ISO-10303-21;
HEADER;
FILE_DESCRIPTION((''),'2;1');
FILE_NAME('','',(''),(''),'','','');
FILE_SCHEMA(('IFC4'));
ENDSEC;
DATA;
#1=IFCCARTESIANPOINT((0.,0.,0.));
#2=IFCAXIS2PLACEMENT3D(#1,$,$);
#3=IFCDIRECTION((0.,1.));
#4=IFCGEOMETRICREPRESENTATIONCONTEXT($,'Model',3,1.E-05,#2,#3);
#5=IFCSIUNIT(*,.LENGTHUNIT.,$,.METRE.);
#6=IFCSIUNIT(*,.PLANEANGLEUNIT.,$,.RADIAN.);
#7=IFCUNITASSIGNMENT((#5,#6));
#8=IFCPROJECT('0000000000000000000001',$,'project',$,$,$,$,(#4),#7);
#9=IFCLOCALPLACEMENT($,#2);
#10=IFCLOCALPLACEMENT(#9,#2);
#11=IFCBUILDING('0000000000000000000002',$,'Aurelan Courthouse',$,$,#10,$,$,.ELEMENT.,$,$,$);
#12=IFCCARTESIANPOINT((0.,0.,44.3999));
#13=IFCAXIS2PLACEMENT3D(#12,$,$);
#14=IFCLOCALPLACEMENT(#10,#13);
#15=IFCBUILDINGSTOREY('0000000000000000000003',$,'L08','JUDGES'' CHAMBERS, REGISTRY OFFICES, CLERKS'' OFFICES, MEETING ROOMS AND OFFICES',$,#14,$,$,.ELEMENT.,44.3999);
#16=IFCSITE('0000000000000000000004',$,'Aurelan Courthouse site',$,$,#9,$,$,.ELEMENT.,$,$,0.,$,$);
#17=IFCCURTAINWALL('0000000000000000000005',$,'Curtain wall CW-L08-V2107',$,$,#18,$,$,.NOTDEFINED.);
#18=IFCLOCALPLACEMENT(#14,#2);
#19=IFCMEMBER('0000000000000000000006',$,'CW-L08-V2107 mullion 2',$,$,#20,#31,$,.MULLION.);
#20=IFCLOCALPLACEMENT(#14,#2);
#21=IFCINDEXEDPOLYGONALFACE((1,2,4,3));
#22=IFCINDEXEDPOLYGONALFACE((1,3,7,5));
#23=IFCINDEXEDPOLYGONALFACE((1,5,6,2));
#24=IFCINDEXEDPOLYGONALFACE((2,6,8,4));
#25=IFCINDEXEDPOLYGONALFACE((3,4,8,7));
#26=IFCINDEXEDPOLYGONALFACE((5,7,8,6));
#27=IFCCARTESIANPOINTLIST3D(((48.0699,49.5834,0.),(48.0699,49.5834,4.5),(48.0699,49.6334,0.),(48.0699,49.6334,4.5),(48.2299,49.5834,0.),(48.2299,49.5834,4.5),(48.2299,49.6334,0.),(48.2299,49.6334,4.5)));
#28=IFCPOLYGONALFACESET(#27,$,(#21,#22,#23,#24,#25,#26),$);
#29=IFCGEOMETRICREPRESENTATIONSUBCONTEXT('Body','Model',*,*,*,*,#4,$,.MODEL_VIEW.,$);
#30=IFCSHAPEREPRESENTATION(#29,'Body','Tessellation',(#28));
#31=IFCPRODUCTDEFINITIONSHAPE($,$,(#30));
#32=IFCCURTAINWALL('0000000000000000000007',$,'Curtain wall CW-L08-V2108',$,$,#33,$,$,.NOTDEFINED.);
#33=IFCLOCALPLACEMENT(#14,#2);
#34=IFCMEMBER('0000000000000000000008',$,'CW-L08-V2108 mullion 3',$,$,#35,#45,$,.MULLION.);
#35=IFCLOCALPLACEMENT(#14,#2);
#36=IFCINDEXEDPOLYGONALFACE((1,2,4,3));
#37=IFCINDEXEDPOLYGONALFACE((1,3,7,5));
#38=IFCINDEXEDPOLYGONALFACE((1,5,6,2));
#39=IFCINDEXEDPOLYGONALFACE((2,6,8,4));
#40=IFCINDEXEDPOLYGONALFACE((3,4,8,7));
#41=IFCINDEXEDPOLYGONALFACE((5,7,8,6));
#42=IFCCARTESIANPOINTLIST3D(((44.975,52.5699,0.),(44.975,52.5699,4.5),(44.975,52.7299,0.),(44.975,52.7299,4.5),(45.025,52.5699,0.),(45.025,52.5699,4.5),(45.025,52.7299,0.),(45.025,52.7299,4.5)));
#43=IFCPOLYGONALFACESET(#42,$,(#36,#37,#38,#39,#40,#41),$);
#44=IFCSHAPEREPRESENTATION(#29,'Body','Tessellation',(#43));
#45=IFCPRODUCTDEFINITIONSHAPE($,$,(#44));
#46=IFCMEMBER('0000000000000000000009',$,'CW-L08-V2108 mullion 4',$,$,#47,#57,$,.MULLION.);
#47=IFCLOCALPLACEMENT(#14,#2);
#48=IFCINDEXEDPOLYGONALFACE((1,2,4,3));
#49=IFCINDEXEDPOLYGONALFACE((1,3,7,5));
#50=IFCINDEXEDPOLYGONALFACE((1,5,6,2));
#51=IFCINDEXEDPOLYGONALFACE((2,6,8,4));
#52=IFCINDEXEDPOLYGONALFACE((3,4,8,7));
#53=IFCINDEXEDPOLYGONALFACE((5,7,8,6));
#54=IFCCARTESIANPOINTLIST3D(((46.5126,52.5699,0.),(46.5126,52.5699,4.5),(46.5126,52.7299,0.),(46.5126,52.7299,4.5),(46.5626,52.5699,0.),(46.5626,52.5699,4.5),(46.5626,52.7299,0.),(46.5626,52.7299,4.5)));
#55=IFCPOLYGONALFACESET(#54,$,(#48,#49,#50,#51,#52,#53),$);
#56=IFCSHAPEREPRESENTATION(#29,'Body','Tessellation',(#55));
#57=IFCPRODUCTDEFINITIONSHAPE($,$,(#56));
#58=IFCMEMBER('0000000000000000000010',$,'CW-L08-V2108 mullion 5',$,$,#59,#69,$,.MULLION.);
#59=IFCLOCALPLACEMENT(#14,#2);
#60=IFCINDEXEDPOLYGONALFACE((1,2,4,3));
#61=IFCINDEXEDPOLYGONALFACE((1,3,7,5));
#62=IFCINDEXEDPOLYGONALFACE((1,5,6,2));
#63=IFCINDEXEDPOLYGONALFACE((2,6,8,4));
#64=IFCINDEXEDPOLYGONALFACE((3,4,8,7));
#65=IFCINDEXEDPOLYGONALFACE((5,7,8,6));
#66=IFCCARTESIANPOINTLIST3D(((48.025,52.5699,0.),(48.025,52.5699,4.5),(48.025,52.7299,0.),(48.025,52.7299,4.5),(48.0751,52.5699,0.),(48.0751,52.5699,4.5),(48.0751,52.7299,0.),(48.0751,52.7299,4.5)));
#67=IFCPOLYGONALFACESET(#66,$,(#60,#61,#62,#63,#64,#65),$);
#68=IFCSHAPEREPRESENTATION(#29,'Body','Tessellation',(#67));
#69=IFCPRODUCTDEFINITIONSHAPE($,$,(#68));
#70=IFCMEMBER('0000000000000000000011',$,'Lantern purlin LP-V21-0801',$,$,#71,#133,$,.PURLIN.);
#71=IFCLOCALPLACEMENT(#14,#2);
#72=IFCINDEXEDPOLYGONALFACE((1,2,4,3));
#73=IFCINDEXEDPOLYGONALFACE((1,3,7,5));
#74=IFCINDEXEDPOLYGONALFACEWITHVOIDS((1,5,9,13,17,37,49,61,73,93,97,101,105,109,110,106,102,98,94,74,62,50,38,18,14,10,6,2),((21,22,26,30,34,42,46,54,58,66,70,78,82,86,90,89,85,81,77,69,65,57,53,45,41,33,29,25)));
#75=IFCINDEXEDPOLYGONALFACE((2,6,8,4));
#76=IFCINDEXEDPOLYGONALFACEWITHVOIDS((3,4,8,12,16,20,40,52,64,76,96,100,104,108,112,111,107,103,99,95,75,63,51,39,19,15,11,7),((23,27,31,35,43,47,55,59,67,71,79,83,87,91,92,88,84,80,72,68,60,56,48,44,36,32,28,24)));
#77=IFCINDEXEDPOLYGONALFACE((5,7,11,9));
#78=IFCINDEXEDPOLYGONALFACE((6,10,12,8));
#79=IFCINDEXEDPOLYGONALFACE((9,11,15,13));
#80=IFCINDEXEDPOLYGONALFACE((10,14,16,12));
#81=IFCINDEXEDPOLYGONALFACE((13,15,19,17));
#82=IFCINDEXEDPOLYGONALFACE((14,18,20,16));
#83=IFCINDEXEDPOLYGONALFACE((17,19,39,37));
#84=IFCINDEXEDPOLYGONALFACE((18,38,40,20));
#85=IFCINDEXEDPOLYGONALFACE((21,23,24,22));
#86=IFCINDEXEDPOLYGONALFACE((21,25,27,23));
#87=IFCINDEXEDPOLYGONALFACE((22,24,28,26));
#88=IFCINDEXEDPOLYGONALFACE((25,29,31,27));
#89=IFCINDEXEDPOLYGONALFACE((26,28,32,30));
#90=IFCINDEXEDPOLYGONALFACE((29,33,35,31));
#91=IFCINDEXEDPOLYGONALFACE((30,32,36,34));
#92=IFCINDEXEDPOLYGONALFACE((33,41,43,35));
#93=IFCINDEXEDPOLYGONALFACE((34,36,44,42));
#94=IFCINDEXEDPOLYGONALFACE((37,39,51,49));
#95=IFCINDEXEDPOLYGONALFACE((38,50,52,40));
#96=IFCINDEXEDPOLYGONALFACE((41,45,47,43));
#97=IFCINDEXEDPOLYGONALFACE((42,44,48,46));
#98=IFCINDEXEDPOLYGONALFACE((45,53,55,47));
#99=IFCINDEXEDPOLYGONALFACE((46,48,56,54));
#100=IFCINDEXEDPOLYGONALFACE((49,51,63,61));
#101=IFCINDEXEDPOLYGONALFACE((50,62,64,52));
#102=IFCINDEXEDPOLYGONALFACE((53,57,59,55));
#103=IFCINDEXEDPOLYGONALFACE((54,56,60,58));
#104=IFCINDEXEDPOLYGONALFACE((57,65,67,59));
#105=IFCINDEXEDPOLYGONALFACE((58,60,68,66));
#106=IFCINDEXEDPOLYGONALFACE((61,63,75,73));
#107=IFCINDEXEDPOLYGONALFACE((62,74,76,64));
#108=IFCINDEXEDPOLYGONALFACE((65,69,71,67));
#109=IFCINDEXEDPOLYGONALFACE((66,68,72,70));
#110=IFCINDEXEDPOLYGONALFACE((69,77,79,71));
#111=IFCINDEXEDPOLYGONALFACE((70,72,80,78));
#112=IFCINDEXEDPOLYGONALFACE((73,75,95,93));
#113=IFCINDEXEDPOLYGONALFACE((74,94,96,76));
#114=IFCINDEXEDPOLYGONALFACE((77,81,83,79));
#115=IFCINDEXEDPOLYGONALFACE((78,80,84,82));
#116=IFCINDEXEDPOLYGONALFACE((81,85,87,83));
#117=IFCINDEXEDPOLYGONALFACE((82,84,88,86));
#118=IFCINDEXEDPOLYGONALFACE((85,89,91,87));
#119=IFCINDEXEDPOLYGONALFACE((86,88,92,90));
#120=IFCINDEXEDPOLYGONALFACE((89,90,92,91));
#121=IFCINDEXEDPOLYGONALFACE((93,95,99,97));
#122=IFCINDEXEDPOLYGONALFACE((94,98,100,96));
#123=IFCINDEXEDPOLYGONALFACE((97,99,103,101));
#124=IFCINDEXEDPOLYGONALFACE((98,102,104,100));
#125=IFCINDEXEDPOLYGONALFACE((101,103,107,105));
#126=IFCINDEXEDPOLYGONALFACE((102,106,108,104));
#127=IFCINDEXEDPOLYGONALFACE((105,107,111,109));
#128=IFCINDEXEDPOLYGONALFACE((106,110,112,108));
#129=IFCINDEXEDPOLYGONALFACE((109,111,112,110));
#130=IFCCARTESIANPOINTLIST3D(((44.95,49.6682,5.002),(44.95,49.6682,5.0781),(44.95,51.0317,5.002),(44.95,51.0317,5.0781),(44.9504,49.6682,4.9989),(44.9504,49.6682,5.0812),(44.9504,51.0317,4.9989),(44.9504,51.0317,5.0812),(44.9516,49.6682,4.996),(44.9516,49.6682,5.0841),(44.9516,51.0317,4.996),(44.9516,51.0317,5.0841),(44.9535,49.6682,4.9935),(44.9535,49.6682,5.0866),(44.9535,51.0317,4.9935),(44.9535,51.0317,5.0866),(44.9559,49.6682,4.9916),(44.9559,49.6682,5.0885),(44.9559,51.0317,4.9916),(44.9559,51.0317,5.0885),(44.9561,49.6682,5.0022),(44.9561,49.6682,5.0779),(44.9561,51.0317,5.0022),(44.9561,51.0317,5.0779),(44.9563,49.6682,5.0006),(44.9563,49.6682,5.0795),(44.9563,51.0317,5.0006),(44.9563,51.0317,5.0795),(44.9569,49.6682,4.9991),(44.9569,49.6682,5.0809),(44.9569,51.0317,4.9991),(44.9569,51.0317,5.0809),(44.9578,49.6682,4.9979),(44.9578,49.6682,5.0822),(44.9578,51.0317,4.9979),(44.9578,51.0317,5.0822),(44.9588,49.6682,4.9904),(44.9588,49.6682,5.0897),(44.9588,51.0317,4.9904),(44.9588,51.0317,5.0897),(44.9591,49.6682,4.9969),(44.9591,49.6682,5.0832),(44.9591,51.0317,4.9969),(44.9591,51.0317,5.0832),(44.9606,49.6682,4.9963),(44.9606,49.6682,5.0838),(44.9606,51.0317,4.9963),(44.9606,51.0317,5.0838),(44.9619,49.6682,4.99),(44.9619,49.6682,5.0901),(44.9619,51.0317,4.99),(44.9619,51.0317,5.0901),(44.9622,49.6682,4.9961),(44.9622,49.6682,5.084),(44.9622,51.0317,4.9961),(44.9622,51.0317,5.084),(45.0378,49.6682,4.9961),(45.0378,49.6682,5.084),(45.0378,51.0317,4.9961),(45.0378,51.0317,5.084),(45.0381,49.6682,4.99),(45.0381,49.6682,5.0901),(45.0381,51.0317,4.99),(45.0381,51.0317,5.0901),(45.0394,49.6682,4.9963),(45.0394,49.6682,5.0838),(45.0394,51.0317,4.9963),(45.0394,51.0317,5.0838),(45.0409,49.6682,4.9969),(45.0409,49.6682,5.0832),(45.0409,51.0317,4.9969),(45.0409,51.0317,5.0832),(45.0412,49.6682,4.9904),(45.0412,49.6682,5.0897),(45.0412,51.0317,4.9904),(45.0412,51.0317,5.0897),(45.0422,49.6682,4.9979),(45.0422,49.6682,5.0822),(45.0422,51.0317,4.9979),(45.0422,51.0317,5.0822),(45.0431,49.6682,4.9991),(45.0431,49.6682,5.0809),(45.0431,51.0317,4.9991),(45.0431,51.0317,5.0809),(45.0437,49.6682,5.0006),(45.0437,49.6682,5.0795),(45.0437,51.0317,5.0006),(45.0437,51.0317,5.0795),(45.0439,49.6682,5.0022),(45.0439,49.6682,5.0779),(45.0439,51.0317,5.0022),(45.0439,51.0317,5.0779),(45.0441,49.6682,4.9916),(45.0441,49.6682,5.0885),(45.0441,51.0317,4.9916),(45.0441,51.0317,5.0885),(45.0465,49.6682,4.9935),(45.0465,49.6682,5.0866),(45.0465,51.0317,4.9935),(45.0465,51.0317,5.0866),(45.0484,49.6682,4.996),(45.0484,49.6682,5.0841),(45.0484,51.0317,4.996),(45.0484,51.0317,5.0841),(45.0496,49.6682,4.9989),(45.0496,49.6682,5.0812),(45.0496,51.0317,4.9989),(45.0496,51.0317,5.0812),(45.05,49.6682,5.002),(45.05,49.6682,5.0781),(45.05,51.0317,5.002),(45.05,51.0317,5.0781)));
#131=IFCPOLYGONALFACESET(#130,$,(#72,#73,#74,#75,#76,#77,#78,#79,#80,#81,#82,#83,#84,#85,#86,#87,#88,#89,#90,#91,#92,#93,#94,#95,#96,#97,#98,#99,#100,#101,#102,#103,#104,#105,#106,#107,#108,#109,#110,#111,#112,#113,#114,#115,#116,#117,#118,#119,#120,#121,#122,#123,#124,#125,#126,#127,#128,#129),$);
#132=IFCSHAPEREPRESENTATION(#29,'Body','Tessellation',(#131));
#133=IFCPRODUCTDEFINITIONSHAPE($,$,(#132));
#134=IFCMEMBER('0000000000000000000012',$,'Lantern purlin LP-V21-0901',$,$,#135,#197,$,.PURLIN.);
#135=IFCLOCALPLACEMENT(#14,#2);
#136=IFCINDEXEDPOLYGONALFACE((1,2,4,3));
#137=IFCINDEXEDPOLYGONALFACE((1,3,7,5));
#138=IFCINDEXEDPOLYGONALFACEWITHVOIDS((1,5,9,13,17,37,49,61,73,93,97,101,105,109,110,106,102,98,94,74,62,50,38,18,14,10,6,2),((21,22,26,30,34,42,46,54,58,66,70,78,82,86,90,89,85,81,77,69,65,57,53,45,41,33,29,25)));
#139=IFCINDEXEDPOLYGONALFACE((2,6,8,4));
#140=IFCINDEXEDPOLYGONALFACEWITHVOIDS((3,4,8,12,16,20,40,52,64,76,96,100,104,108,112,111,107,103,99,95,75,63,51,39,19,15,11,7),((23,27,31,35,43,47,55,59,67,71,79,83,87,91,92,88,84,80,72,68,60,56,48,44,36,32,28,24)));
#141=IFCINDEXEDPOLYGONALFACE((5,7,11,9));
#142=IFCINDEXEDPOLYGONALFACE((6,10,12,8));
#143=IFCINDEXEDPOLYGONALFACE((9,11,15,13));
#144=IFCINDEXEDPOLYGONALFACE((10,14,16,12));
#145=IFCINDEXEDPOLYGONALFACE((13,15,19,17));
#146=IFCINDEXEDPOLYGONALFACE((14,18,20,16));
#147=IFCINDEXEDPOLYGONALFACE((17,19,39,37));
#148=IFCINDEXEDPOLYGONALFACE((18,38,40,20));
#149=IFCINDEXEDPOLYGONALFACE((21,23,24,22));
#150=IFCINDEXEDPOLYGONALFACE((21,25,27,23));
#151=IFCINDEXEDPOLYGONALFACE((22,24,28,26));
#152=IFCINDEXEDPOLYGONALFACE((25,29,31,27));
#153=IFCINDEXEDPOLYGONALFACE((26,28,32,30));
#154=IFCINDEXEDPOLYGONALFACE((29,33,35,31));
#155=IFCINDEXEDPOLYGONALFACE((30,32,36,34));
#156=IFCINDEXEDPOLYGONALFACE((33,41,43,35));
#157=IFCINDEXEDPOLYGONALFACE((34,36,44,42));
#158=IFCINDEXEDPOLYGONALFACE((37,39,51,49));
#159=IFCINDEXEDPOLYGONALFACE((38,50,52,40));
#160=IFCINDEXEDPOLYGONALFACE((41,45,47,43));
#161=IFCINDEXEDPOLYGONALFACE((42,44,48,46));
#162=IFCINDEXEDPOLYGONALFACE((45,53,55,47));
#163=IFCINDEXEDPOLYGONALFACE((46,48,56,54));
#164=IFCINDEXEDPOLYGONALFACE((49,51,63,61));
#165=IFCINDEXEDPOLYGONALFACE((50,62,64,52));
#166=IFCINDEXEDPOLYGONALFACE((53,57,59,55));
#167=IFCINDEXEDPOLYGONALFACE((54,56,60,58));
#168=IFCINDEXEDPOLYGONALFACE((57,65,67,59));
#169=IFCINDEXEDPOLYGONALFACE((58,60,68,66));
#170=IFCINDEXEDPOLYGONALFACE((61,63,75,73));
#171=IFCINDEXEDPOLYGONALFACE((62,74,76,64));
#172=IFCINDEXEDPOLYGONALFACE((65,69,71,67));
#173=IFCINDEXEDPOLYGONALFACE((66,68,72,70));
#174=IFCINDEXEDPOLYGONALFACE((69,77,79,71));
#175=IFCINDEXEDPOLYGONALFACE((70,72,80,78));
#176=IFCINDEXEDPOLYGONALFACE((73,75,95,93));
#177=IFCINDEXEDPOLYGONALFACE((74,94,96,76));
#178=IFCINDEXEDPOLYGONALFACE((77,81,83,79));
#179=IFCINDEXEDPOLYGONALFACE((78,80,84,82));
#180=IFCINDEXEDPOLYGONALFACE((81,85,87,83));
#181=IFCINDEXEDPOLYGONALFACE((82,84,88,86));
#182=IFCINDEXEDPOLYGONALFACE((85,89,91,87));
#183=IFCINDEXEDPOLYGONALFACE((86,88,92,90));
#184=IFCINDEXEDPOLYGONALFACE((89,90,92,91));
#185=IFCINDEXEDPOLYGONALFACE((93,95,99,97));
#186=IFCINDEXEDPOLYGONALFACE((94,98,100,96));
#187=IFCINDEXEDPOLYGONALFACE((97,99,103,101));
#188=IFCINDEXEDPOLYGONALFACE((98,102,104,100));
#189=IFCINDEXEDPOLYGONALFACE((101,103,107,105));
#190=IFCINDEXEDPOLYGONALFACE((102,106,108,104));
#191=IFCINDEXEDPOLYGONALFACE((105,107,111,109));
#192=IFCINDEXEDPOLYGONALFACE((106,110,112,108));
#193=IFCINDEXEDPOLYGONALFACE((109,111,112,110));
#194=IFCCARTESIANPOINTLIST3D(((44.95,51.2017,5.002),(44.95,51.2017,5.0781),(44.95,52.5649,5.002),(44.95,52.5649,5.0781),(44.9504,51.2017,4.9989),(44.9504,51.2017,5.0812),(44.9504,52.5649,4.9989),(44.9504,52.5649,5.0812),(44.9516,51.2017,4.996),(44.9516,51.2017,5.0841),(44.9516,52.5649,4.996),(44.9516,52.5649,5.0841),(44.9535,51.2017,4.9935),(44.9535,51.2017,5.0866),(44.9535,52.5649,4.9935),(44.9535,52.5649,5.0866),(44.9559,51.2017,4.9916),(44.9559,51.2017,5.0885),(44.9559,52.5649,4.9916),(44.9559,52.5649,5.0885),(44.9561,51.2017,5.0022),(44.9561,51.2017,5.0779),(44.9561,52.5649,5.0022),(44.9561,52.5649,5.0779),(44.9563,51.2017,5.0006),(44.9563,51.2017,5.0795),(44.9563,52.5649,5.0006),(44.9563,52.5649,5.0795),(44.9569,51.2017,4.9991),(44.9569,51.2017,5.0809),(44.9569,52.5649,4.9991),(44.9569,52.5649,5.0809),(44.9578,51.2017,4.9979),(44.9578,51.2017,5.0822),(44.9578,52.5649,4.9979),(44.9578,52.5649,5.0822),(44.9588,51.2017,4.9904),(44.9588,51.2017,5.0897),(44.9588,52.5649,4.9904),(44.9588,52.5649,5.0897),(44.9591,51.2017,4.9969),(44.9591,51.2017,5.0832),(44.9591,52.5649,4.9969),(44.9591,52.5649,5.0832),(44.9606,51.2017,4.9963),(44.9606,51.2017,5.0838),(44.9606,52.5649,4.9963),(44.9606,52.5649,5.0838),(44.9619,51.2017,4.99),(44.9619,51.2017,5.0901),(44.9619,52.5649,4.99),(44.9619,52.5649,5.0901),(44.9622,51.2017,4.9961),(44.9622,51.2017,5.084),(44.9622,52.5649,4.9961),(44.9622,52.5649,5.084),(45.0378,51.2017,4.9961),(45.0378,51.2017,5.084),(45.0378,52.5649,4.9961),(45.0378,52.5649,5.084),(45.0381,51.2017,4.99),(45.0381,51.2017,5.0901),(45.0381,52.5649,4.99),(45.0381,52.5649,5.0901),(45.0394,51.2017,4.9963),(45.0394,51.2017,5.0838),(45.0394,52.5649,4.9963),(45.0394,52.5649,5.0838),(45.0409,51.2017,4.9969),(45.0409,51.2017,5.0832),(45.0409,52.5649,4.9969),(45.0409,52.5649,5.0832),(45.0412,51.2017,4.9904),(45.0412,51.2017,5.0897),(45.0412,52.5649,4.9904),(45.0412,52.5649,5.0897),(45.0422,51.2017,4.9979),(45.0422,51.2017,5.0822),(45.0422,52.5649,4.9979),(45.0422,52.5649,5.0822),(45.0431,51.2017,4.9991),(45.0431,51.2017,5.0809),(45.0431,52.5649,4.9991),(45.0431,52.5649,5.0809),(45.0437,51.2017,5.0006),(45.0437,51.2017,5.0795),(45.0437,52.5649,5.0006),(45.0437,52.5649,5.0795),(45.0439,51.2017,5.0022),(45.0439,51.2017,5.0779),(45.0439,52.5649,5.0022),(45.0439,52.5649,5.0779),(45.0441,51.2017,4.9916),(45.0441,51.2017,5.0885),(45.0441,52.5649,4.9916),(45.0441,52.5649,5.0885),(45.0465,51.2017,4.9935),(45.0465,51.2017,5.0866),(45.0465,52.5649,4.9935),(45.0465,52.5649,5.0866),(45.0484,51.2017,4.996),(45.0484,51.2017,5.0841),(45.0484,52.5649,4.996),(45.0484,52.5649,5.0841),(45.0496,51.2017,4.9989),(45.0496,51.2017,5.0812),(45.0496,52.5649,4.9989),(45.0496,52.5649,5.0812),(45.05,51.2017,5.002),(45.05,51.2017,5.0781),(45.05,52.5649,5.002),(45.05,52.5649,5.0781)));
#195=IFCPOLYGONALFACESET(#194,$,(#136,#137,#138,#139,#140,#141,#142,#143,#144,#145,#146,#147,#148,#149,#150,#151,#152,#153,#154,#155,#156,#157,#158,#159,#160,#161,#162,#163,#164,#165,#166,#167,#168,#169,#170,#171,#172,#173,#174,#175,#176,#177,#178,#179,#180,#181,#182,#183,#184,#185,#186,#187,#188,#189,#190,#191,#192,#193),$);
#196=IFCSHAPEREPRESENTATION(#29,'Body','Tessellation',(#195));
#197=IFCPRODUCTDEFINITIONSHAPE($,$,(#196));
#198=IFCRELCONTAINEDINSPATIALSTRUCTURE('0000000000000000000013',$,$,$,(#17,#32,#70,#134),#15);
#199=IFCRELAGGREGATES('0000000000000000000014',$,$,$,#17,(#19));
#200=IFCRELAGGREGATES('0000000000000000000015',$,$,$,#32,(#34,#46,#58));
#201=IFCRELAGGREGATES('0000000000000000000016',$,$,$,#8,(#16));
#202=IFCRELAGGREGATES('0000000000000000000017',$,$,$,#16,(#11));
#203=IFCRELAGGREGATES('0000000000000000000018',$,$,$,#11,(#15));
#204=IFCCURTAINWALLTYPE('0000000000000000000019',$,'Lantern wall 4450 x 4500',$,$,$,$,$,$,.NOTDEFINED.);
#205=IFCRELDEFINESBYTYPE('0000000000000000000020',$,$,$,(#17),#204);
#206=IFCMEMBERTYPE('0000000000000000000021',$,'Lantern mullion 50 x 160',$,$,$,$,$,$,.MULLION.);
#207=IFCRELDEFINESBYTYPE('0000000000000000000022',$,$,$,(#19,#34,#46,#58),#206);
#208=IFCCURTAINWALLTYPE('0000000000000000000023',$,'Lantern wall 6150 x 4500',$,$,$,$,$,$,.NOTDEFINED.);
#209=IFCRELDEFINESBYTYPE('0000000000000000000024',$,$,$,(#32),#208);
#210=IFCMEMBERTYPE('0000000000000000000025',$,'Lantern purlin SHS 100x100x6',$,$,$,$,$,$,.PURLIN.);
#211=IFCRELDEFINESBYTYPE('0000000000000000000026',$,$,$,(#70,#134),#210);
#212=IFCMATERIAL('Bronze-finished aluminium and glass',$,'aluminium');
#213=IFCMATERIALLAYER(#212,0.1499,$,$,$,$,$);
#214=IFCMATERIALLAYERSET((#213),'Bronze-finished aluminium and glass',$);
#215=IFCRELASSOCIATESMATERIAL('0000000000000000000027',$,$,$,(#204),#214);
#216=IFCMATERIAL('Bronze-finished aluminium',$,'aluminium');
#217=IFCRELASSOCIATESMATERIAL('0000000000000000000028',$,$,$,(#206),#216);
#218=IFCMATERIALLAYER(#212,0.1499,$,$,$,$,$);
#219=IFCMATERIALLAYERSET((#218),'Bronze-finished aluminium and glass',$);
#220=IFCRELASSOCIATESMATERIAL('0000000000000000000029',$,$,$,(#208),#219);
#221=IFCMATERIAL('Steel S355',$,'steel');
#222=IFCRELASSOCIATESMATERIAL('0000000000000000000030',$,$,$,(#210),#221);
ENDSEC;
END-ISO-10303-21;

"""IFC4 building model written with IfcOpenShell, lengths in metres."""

from ifc_helpers import new_model, si_unit, direction, frame, origin, origin_2d, place, context, subcontext, project, spatial, rectangle, hollow_rectangle, extrude, material, layer, layer_set, material_profile, profile_set, type_object, element, aggregate, save


model = new_model("IFC4")

# Units and contexts
model_context = context("Model", 3, precision=1e-05, world=origin(), true_north=direction((0.0, 1.0)))
body_context = subcontext(model_context, "Body", "Model", "MODEL_VIEW")
ifc_project = project(units=[si_unit("LENGTHUNIT", "METRE"), si_unit("PLANEANGLEUNIT", "RADIAN")], contexts=[model_context])

# Site, building, storey
site_placement = place(None, origin())
site = spatial("IfcSite", under=ifc_project, at=site_placement, Name="Aurelan Courthouse site", CompositionType="ELEMENT", RefElevation=0.0)
building_placement = place(site_placement, origin())
building = spatial("IfcBuilding", under=site, at=building_placement, Name="Aurelan Courthouse", CompositionType="ELEMENT")
storey_placement = place(building_placement, frame((0.0, 0.0, 44.3999)))
storey = spatial("IfcBuildingStorey", under=building, at=storey_placement, Name="L08", Description="JUDGES' CHAMBERS, REGISTRY OFFICES, CLERKS' OFFICES, MEETING ROOMS AND OFFICES", CompositionType="ELEMENT", Elevation=44.3999)

# Curtain wall, member
ifc_material_1 = material(Name="Bronze-finished aluminium and glass", Category="aluminium")
ifc_layer_1 = layer(ifc_material_1, 0.1499)
ifc_layer_set_1 = layer_set([ifc_layer_1], Name="Bronze-finished aluminium and glass")
curtain_wall_type_1 = type_object("IfcCurtainWallType", Name="Lantern wall 4450 x 4500", PredefinedType="NOTDEFINED", material=ifc_layer_set_1)
curtain_wall_1_placement = place(storey_placement, origin())
curtain_wall_1 = element("IfcCurtainWall", 1, at=curtain_wall_1_placement, inside=storey, type_object=curtain_wall_type_1, Name="Curtain wall CW-L08-V2107", PredefinedType="NOTDEFINED")
ifc_material_2 = material(Name="Bronze-finished aluminium", Category="aluminium")
ifc_material_profile_1 = material_profile(ifc_material_2, rectangle(XDim=0.1599, YDim=0.05, at=origin_2d()), Name="Lantern mullion 50 x 160")
ifc_profile_set_1 = profile_set([ifc_material_profile_1], Name="Bronze-finished aluminium")
member_type_1 = type_object("IfcMemberType", Name="Lantern mullion 50 x 160", PredefinedType="MULLION", material=ifc_profile_set_1)
member_1_placement = place(storey_placement, frame((48.1499, 49.6084, 0.0), z_axis=(0.0, 0.0, 1.0), x_axis=(-1.0, 0.0, 0.0)))
member_1 = element("IfcMember", 2, at=member_1_placement, type_object=member_type_1, Name="CW-L08-V2107 mullion 2", PredefinedType="MULLION", context=body_context, shape_type="SweptSolid", body=[
    extrude(rectangle(XDim=0.1599, YDim=0.05, at=origin_2d()), origin(), (0.0, 0.0, 1.0), 4.5),
])

# Curtain wall, members
ifc_layer_2 = layer(ifc_material_1, 0.1499)
ifc_layer_set_2 = layer_set([ifc_layer_2], Name="Bronze-finished aluminium and glass")
curtain_wall_type_2 = type_object("IfcCurtainWallType", Name="Lantern wall 6150 x 4500", PredefinedType="NOTDEFINED", material=ifc_layer_set_2)
curtain_wall_2_placement = place(storey_placement, origin())
curtain_wall_2 = element("IfcCurtainWall", 3, at=curtain_wall_2_placement, inside=storey, type_object=curtain_wall_type_2, Name="Curtain wall CW-L08-V2108", PredefinedType="NOTDEFINED")
member_2_placement = place(storey_placement, frame((45.0, 52.6499, 0.0), z_axis=(0.0, 0.0, 1.0), x_axis=(0.0, 1.0, 0.0)))
member_2 = element("IfcMember", 4, at=member_2_placement, type_object=member_type_1, Name="CW-L08-V2108 mullion 3", PredefinedType="MULLION", context=body_context, shape_type="SweptSolid", body=[
    extrude(rectangle(XDim=0.1599, YDim=0.05, at=origin_2d()), origin(), (0.0, 0.0, 1.0), 4.5),
])
member_3_placement = place(storey_placement, frame((46.5376, 52.6499, 0.0), z_axis=(0.0, 0.0, 1.0), x_axis=(0.0, 1.0, 0.0)))
member_3 = element("IfcMember", 5, at=member_3_placement, type_object=member_type_1, Name="CW-L08-V2108 mullion 4", PredefinedType="MULLION", context=body_context, shape_type="SweptSolid", body=[
    extrude(rectangle(XDim=0.1599, YDim=0.05, at=origin_2d()), origin(), (0.0, 0.0, 1.0), 4.5),
])
member_4_placement = place(storey_placement, frame((48.05, 52.6499, 0.0), z_axis=(0.0, 0.0, 1.0), x_axis=(0.0, 1.0, 0.0)))
member_4 = element("IfcMember", 6, at=member_4_placement, type_object=member_type_1, Name="CW-L08-V2108 mullion 5", PredefinedType="MULLION", context=body_context, shape_type="SweptSolid", body=[
    extrude(rectangle(XDim=0.1599, YDim=0.05, at=origin_2d()), origin(), (0.0, 0.0, 1.0), 4.5),
])

# Members
ifc_material_3 = material(Name="Steel S355", Category="steel")
ifc_material_profile_2 = material_profile(ifc_material_3, hollow_rectangle(XDim=0.1001, YDim=0.1001, WallThickness=0.0061, InnerFilletRadius=0.0061, OuterFilletRadius=0.012, at=origin_2d()), Name="SHS 100x100x6")
ifc_profile_set_2 = profile_set([ifc_material_profile_2], Name="Steel S355")
member_type_2 = type_object("IfcMemberType", Name="Lantern purlin SHS 100x100x6", PredefinedType="PURLIN", material=ifc_profile_set_2)
member_5_placement = place(storey_placement, frame((45.0, 49.6682, 5.04), z_axis=(0.0, 1.0, 0.0), x_axis=(-1.0, 0.0, 0.0)))
element("IfcMember", 7, at=member_5_placement, inside=storey, type_object=member_type_2, Name="Lantern purlin LP-V21-0801", PredefinedType="PURLIN", context=body_context, shape_type="SweptSolid", body=[
    extrude(hollow_rectangle(XDim=0.1001, YDim=0.1001, WallThickness=0.0061, InnerFilletRadius=0.0061, OuterFilletRadius=0.012, at=origin_2d()), origin(), (0.0, 0.0, 1.0), 1.3635),
])
member_6_placement = place(storey_placement, frame((45.0, 51.2017, 5.04), z_axis=(0.0, 1.0, 0.0), x_axis=(-1.0, 0.0, 0.0)))
element("IfcMember", 8, at=member_6_placement, inside=storey, type_object=member_type_2, Name="Lantern purlin LP-V21-0901", PredefinedType="PURLIN", context=body_context, shape_type="SweptSolid", body=[
    extrude(hollow_rectangle(XDim=0.1001, YDim=0.1001, WallThickness=0.0061, InnerFilletRadius=0.0061, OuterFilletRadius=0.012, at=origin_2d()), origin(), (0.0, 0.0, 1.0), 1.3633),
])

aggregate(curtain_wall_1, [member_1])
aggregate(curtain_wall_2, [member_2, member_3, member_4])

save(model, "model.ifc")
